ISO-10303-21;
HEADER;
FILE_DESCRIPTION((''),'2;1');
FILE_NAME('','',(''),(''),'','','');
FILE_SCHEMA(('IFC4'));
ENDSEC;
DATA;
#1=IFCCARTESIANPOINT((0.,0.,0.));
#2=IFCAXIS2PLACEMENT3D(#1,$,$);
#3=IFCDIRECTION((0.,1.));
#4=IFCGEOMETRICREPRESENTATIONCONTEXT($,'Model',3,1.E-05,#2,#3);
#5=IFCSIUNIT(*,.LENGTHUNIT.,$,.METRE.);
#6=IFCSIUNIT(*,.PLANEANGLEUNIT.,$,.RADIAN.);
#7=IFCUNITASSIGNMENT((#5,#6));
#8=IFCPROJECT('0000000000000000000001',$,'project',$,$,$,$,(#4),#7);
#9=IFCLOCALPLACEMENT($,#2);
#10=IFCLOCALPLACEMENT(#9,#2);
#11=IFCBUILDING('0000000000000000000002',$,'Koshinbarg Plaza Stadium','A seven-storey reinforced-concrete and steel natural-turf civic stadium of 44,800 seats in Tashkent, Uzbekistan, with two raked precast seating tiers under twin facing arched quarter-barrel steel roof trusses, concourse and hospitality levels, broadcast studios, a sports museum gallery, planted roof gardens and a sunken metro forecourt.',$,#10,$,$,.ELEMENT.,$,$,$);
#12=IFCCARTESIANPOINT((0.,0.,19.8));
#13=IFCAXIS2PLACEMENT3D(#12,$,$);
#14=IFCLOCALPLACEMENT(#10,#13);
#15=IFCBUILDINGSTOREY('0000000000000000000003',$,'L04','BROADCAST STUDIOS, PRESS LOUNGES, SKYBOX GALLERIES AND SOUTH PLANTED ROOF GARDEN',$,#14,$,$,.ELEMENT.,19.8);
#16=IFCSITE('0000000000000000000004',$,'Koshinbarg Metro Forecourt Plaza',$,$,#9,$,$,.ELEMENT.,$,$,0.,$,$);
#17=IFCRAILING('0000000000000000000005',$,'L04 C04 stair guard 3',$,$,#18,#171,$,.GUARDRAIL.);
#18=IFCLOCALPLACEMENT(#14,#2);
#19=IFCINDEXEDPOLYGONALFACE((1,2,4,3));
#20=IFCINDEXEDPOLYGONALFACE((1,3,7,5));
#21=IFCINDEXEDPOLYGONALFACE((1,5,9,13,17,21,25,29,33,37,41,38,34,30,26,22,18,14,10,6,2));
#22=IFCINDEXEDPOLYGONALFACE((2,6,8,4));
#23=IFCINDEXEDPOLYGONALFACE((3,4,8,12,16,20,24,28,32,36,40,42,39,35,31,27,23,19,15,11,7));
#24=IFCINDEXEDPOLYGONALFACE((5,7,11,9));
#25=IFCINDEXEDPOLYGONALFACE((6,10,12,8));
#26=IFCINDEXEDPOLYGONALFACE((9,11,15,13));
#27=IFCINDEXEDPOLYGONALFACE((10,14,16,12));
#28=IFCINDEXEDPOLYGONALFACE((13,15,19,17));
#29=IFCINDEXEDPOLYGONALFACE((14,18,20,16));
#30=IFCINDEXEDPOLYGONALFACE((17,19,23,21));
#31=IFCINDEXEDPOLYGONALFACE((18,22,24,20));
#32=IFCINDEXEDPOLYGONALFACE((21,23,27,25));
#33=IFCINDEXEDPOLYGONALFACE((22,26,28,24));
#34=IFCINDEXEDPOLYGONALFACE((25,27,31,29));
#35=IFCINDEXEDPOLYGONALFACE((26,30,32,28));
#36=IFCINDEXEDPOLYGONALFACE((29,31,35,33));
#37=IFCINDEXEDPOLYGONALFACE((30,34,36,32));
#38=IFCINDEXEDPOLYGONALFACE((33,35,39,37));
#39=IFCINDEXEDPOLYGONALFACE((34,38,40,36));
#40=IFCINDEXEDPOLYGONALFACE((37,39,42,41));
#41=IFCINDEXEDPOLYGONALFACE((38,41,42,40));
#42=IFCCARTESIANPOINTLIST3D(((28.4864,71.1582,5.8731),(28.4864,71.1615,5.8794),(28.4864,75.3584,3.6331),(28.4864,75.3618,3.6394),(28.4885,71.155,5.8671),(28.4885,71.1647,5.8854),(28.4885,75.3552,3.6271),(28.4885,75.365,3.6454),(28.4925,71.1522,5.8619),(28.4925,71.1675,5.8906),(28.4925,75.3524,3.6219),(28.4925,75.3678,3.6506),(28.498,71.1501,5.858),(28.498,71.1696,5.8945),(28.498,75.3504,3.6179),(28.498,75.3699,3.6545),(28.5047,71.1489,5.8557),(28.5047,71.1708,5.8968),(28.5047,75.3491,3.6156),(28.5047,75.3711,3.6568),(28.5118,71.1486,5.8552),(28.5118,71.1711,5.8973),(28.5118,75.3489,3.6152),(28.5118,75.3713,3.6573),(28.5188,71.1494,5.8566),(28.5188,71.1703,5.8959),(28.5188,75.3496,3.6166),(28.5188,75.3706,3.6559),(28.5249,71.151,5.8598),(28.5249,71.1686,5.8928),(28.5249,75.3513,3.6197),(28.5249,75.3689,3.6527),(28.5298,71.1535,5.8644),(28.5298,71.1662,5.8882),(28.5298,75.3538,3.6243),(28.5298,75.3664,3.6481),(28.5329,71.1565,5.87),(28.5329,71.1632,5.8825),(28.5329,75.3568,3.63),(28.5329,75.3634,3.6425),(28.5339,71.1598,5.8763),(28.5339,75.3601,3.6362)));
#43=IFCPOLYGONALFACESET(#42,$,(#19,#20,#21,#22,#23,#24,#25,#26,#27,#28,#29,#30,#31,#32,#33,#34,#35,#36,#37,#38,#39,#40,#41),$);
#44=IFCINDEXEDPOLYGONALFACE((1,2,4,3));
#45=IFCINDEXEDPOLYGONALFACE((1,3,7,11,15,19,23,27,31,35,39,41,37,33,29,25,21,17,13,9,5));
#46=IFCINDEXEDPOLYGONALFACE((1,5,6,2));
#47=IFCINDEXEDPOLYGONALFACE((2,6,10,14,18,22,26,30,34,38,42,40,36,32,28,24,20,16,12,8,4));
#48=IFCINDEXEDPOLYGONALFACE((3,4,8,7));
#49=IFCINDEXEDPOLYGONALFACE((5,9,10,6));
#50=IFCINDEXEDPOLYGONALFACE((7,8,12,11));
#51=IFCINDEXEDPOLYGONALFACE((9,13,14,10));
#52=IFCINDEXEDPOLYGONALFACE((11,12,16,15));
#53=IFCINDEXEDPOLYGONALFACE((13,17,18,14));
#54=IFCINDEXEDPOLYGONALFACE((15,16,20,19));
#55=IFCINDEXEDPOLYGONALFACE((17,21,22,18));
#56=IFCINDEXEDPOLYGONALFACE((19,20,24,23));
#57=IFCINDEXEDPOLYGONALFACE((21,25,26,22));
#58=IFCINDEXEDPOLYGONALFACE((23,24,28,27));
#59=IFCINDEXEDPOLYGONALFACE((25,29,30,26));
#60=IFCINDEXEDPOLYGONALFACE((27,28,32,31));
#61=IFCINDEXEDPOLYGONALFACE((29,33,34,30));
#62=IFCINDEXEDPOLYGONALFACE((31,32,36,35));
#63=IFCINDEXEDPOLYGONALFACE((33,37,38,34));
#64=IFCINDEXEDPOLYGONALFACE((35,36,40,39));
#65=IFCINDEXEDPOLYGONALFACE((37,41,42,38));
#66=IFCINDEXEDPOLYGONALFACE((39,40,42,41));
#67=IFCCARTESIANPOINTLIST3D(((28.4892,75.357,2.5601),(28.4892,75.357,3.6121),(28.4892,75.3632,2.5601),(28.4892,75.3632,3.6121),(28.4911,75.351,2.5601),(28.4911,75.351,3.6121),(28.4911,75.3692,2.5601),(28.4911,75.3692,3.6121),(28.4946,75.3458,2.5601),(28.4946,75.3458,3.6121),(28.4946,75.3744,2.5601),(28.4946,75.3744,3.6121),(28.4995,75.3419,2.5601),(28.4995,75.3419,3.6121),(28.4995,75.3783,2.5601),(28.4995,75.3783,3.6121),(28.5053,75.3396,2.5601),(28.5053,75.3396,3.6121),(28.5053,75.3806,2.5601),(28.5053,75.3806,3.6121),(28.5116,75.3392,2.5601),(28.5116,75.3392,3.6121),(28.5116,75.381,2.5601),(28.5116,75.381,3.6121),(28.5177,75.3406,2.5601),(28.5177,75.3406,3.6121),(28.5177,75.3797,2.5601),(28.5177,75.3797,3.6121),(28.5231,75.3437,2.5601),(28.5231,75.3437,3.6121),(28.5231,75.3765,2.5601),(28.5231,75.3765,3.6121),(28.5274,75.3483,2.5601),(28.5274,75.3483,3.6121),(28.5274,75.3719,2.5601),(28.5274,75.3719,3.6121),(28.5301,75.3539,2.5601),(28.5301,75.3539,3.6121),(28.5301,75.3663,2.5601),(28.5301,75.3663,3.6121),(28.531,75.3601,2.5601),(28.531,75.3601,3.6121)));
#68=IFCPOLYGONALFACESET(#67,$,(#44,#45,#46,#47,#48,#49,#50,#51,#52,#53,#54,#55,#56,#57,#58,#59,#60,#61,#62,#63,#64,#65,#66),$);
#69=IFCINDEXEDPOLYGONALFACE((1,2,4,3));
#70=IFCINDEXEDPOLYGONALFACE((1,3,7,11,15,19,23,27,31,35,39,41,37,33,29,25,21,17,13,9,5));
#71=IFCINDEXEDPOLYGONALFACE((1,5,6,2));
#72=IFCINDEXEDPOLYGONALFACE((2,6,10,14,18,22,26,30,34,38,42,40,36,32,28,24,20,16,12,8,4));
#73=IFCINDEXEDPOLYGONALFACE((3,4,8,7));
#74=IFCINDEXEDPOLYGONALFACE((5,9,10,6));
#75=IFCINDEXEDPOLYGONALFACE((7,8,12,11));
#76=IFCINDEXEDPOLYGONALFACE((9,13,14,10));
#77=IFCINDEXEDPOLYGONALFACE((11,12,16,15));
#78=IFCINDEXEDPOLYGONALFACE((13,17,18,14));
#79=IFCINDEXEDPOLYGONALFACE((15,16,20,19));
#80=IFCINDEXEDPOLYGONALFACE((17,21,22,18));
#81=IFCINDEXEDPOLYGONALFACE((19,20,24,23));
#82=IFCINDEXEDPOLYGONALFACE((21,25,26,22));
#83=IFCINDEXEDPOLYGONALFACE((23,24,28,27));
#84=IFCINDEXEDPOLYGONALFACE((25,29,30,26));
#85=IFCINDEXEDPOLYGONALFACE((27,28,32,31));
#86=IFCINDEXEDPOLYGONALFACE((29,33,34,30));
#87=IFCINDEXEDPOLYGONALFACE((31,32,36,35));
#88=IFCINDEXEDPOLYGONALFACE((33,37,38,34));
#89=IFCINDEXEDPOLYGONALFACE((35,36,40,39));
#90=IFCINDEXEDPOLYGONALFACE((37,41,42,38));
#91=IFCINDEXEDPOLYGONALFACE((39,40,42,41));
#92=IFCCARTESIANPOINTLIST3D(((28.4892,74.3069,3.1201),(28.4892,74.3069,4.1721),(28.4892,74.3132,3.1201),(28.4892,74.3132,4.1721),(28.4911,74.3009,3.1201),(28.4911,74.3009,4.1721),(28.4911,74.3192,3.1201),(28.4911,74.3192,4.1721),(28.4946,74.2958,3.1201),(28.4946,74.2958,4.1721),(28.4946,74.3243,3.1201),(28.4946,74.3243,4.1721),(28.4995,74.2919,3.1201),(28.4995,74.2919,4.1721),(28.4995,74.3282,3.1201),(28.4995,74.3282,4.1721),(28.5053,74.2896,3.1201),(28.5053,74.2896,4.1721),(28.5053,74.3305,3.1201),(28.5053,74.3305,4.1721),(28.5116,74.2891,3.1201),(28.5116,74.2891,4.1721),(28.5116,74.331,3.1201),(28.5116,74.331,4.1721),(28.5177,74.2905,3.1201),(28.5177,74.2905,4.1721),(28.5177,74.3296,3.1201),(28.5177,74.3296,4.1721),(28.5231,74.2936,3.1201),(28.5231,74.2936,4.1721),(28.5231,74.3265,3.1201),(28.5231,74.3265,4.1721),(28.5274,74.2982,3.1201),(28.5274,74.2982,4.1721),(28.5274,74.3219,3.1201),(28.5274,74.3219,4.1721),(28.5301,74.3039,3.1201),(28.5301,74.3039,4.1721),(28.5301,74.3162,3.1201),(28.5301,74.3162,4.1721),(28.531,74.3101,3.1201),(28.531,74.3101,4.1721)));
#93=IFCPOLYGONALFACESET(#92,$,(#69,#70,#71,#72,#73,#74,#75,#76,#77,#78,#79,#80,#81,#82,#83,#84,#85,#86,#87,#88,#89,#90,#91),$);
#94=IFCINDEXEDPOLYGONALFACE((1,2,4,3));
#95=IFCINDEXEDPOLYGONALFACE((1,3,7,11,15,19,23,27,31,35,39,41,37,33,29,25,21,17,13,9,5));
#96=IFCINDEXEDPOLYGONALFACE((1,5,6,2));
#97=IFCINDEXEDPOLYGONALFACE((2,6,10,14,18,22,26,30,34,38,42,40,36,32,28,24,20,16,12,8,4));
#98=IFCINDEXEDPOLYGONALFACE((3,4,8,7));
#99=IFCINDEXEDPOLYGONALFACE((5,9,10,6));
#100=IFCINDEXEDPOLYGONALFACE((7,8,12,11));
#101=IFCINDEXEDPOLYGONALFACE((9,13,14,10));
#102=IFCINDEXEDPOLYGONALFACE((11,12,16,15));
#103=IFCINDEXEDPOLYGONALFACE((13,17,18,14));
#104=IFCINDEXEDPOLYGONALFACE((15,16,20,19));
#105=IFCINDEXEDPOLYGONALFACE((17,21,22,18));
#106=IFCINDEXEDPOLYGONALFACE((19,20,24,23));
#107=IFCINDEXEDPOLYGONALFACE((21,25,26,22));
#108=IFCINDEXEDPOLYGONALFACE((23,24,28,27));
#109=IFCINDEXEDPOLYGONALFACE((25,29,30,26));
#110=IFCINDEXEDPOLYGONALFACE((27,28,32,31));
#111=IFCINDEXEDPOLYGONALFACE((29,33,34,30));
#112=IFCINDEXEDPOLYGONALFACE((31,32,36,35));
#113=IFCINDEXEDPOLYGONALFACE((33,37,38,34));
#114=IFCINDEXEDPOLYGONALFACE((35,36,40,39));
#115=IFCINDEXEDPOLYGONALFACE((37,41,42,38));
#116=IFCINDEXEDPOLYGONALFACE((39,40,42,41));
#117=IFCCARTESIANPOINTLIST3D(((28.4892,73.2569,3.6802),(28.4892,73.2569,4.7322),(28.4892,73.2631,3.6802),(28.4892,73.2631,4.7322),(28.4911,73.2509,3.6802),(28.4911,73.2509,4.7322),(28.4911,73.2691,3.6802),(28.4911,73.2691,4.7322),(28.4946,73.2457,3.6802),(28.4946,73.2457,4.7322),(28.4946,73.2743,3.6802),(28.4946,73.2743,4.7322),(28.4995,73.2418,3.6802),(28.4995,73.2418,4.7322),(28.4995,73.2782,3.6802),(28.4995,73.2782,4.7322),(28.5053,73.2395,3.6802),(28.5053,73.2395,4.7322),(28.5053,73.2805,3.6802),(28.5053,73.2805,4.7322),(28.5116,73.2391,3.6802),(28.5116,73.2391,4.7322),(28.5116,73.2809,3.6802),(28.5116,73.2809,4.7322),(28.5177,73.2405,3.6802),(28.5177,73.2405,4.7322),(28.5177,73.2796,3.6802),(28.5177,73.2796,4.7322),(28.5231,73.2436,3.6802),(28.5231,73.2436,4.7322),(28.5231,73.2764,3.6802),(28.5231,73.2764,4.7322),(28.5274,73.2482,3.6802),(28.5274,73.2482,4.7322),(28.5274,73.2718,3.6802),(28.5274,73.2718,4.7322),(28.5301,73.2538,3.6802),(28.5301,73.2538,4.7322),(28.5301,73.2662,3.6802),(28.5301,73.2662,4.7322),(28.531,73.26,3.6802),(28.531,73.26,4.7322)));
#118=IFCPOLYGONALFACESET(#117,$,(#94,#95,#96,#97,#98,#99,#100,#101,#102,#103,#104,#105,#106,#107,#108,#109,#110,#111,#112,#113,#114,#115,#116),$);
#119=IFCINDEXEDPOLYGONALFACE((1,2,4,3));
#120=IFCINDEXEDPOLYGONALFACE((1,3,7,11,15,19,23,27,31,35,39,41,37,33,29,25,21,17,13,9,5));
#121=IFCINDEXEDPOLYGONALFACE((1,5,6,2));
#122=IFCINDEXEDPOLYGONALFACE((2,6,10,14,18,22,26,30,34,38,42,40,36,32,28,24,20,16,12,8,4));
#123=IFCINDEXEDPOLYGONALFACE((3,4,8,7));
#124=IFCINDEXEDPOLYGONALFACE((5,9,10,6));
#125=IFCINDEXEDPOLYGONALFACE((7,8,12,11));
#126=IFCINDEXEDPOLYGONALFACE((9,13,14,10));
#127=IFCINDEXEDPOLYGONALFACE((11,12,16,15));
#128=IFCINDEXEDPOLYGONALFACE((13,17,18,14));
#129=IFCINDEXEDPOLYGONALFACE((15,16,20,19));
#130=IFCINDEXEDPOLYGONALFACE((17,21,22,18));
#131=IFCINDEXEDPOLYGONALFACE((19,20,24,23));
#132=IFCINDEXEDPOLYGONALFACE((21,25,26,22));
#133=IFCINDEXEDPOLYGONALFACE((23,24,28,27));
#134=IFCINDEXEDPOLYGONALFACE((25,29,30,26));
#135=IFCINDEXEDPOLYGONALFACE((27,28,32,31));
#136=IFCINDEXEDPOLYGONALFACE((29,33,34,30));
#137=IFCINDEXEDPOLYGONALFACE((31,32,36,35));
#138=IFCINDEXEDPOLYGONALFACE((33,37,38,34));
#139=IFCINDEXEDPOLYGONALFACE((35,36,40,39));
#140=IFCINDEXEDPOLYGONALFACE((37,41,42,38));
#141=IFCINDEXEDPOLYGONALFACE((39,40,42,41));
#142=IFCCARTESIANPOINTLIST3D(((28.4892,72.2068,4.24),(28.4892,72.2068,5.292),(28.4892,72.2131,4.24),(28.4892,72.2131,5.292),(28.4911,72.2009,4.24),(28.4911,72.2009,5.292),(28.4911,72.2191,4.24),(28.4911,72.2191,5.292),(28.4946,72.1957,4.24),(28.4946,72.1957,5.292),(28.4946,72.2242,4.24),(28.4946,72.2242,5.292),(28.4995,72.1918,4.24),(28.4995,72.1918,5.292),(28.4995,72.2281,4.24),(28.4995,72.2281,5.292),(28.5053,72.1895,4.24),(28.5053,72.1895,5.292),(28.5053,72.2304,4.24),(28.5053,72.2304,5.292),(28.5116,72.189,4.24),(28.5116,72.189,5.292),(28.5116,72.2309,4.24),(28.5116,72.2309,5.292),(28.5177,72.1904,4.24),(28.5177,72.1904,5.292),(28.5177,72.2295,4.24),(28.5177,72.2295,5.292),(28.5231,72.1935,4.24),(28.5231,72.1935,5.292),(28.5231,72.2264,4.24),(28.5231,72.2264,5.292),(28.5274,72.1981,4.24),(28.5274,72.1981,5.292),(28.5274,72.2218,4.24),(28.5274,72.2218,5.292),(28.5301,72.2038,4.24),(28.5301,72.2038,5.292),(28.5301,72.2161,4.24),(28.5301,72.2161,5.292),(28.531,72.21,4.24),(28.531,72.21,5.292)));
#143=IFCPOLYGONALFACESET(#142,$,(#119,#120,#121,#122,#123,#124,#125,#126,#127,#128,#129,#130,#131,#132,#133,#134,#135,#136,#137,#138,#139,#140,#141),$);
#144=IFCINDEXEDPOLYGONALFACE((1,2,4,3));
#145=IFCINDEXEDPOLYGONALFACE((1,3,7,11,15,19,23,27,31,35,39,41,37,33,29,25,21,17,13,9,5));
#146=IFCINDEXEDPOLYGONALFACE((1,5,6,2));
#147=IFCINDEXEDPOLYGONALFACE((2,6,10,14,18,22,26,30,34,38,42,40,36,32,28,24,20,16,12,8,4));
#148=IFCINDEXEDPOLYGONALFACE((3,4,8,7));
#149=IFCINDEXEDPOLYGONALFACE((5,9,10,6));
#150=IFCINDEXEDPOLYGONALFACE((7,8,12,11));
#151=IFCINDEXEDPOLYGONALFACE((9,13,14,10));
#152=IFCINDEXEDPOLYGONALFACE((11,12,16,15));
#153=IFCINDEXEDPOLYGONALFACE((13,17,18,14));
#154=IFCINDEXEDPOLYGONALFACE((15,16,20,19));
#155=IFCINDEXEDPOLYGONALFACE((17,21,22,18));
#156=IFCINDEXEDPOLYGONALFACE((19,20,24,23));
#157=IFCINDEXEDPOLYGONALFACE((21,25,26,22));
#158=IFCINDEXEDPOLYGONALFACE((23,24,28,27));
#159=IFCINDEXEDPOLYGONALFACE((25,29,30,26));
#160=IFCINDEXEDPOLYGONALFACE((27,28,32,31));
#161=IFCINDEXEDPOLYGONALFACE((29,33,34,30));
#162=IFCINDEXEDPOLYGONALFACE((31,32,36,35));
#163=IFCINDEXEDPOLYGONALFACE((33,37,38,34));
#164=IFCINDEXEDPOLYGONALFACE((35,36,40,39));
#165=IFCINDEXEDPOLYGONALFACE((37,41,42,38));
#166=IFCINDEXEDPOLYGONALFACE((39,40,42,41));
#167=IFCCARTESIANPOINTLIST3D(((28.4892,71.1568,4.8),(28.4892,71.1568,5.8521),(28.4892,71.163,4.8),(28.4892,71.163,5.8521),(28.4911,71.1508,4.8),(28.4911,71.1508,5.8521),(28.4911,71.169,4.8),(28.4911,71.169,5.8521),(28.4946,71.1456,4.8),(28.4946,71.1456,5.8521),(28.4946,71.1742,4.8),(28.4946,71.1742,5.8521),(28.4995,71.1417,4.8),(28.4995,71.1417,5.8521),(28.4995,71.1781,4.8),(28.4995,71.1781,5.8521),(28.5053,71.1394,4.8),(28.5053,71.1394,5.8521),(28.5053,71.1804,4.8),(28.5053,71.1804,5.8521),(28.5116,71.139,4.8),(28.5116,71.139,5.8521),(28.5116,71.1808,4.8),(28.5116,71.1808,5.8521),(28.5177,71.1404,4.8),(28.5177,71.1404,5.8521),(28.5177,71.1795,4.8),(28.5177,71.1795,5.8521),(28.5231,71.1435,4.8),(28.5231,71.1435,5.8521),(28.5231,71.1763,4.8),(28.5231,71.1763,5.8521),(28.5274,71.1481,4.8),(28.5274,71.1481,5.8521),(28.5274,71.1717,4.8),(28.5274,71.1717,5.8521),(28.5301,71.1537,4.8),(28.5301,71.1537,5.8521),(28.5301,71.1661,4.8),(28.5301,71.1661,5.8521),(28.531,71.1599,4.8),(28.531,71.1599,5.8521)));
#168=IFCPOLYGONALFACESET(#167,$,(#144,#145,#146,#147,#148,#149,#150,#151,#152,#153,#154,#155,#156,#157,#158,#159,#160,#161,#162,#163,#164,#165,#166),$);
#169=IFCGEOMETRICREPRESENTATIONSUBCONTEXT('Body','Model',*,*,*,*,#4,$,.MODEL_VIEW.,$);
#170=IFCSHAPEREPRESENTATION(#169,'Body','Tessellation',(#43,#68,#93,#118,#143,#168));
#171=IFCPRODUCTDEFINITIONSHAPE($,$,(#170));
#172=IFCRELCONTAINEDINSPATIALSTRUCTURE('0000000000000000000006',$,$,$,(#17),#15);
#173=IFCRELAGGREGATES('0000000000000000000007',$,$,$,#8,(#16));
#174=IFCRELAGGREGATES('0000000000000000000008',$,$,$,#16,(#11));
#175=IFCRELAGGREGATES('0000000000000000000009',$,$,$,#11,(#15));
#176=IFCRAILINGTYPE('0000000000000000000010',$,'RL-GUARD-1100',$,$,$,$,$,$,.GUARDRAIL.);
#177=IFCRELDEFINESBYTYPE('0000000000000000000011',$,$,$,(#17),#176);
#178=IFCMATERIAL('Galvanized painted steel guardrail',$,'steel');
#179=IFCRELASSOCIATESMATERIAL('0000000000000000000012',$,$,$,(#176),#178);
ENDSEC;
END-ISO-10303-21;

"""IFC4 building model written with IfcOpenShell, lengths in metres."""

from ifc_helpers import new_model, si_unit, direction, frame, origin, origin_2d, place, context, subcontext, project, spatial, circle, extrude, material, type_object, element, save


model = new_model("IFC4")

# Units and contexts
model_context = context("Model", 3, precision=1e-05, world=origin(), true_north=direction((0.0, 1.0)))
body_context = subcontext(model_context, "Body", "Model", "MODEL_VIEW")
ifc_project = project(units=[si_unit("LENGTHUNIT", "METRE"), si_unit("PLANEANGLEUNIT", "RADIAN")], contexts=[model_context])

# Site, building, storey
site_placement = place(None, origin())
site = spatial("IfcSite", under=ifc_project, at=site_placement, Name="Koshinbarg Metro Forecourt Plaza", CompositionType="ELEMENT", RefElevation=0.0)
building_placement = place(site_placement, origin())
building = spatial("IfcBuilding", under=site, at=building_placement, Name="Koshinbarg Plaza Stadium", Description="A seven-storey reinforced-concrete and steel natural-turf civic stadium of 44,800 seats in Tashkent, Uzbekistan, with two raked precast seating tiers under twin facing arched quarter-barrel steel roof trusses, concourse and hospitality levels, broadcast studios, a sports museum gallery, planted roof gardens and a sunken metro forecourt.", CompositionType="ELEMENT")
storey_placement = place(building_placement, frame((0.0, 0.0, 19.8)))
storey = spatial("IfcBuildingStorey", under=building, at=storey_placement, Name="L04", Description="BROADCAST STUDIOS, PRESS LOUNGES, SKYBOX GALLERIES AND SOUTH PLANTED ROOF GARDEN", CompositionType="ELEMENT", Elevation=19.8)

# Railing
ifc_material_1 = material(Name="Galvanized painted steel guardrail", Category="steel")
railing_type_1 = type_object("IfcRailingType", Name="RL-GUARD-1100", PredefinedType="GUARDRAIL", material=ifc_material_1)
railing_1_placement = place(storey_placement, frame((28.51, 75.3601, 2.5601)))
element("IfcRailing", 1, at=railing_1_placement, inside=storey, type_object=railing_type_1, Name="L04 C04 stair guard 3", PredefinedType="GUARDRAIL", context=body_context, shape_type="SweptSolid", body=[
    extrude(circle(Radius=0.0239, at=origin_2d()), frame((0.0, 0.0, 1.0762), z_axis=(0.0, -0.882363, 0.47057), x_axis=(1.0, 0.0, 0.0)), (0.0, 0.0, 1.0), 4.7603),
    extrude(circle(Radius=0.021, at=origin_2d()), origin(), (0.0, 0.0, 1.0), 1.052),
    extrude(circle(Radius=0.021, at=origin_2d()), frame((0.0, -1.05, 0.5601)), (0.0, 0.0, 1.0), 1.052),
    extrude(circle(Radius=0.021, at=origin_2d()), frame((0.0, -2.1001, 1.1201)), (0.0, 0.0, 1.0), 1.052),
    extrude(circle(Radius=0.021, at=origin_2d()), frame((0.0, -3.1501, 1.6799)), (0.0, 0.0, 1.0), 1.052),
    extrude(circle(Radius=0.021, at=origin_2d()), frame((0.0, -4.2002, 2.24)), (0.0, 0.0, 1.0), 1.052),
])

save(model, "model.ifc")
